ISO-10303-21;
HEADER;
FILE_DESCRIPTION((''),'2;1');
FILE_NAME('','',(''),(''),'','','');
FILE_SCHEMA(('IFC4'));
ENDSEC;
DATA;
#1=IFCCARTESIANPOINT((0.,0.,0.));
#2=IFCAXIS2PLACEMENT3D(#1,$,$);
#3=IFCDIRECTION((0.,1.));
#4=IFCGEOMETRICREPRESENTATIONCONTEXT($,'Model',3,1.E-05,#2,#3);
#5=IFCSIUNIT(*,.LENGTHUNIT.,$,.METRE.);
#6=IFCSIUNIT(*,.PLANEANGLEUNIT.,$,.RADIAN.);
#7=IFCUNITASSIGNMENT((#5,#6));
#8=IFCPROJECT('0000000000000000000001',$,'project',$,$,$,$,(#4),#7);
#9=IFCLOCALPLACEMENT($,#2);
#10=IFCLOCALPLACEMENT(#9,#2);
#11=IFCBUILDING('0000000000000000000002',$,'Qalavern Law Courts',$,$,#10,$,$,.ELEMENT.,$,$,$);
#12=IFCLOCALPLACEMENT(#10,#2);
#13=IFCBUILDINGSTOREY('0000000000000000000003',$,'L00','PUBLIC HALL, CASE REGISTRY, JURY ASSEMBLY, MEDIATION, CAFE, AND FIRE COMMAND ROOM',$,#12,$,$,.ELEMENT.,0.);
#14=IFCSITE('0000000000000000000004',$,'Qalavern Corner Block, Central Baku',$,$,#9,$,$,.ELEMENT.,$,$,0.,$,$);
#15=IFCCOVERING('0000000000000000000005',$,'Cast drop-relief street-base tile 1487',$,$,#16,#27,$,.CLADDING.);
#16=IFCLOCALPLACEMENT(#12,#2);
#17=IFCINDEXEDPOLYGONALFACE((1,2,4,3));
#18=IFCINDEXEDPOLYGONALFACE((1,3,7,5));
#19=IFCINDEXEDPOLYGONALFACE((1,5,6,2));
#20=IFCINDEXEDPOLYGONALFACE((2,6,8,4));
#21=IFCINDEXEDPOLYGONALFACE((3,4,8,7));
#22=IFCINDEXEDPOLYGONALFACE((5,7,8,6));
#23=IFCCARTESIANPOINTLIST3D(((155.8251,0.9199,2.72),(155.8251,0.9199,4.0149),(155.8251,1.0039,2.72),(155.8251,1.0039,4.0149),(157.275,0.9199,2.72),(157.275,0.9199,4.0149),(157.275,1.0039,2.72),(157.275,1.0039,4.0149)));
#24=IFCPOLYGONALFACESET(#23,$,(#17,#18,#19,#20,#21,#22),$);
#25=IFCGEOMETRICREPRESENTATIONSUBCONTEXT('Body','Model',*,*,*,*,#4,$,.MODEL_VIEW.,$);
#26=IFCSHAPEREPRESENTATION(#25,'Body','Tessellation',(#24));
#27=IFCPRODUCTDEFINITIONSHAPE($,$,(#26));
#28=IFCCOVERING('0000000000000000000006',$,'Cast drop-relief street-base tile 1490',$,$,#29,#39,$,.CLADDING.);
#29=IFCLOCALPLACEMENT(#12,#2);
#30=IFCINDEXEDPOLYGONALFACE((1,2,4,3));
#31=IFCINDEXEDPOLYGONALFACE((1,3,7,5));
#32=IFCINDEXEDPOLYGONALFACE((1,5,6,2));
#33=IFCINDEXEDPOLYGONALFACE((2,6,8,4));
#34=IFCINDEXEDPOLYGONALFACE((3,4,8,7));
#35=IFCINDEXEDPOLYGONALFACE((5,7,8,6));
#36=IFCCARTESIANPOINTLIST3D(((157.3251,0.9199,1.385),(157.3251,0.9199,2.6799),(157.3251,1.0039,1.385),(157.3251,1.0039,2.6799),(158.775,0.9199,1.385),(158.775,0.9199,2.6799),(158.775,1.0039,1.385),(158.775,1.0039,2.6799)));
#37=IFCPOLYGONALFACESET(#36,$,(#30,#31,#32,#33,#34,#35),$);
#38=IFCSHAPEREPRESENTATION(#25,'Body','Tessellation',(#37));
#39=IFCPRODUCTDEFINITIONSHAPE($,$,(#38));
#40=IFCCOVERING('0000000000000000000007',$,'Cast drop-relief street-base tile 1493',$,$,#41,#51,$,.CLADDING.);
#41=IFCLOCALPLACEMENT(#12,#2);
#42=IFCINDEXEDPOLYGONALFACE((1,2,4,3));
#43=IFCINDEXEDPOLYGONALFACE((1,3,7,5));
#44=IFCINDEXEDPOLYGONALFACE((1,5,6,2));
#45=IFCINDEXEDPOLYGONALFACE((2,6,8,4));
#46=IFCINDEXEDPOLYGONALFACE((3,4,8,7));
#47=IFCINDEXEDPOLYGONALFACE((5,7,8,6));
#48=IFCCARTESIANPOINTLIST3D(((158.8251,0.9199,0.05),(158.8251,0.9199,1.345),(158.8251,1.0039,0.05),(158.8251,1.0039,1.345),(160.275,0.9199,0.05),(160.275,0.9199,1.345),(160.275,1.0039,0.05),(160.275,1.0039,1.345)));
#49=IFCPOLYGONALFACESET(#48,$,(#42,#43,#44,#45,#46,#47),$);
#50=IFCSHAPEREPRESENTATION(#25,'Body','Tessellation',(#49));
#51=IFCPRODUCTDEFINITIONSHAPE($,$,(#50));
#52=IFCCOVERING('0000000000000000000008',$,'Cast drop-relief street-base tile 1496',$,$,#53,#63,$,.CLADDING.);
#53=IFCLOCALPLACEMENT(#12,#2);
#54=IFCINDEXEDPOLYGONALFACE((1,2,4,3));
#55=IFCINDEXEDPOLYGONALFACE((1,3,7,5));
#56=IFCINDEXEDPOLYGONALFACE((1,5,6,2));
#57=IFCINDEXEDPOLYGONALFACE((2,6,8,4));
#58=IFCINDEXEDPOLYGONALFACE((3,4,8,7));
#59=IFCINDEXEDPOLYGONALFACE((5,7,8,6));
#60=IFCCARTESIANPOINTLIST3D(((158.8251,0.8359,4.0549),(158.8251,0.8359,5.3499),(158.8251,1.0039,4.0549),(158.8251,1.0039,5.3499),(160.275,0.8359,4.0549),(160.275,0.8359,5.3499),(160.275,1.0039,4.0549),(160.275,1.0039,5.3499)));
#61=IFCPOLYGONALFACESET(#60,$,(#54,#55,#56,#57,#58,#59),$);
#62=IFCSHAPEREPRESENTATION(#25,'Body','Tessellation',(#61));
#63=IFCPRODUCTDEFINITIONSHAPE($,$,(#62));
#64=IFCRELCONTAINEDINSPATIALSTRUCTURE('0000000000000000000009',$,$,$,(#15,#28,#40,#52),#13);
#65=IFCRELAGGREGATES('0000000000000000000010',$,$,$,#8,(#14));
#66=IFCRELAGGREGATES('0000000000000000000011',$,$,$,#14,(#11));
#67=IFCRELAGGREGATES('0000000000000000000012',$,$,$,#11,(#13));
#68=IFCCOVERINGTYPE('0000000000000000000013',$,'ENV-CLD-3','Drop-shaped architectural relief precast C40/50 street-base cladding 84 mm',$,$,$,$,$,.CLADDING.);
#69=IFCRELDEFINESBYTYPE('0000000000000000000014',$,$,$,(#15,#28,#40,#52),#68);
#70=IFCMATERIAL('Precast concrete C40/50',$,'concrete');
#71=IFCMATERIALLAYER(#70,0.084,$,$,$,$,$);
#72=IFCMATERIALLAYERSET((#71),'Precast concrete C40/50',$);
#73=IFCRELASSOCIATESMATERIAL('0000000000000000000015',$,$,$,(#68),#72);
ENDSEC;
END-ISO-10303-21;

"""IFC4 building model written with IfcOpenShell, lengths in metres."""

from ifc_helpers import new_model, si_unit, direction, frame, origin, origin_2d, place, context, subcontext, project, spatial, rectangle, extrude, material, layer, layer_set, type_object, element, save


model = new_model("IFC4")

# Units and contexts
model_context = context("Model", 3, precision=1e-05, world=origin(), true_north=direction((0.0, 1.0)))
body_context = subcontext(model_context, "Body", "Model", "MODEL_VIEW")
ifc_project = project(units=[si_unit("LENGTHUNIT", "METRE"), si_unit("PLANEANGLEUNIT", "RADIAN")], contexts=[model_context])

# Site, building, storey
site_placement = place(None, origin())
site = spatial("IfcSite", under=ifc_project, at=site_placement, Name="Qalavern Corner Block, Central Baku", CompositionType="ELEMENT", RefElevation=0.0)
building_placement = place(site_placement, origin())
building = spatial("IfcBuilding", under=site, at=building_placement, Name="Qalavern Law Courts", CompositionType="ELEMENT")
storey_placement = place(building_placement, origin())
storey = spatial("IfcBuildingStorey", under=building, at=storey_placement, Name="L00", Description="PUBLIC HALL, CASE REGISTRY, JURY ASSEMBLY, MEDIATION, CAFE, AND FIRE COMMAND ROOM", CompositionType="ELEMENT", Elevation=0.0)

# Coverings
ifc_material_1 = material(Name="Precast concrete C40/50", Category="concrete")
ifc_layer_1 = layer(ifc_material_1, 0.084)
ifc_layer_set_1 = layer_set([ifc_layer_1], Name="Precast concrete C40/50")
covering_type_1 = type_object("IfcCoveringType", Name="ENV-CLD-3", Description="Drop-shaped architectural relief precast C40/50 street-base cladding 84 mm", PredefinedType="CLADDING", material=ifc_layer_set_1)
for number, where, z_axis, x_axis, name in (
    (1, (156.55, 0.9619, 2.72), (0.0, 0.0, 1.0), (1.0, 0.0, 0.0), "Cast drop-relief street-base tile 1487"),
    (2, (158.05, 0.9619, 1.385), (0.0, 0.0, 1.0), (1.0, 0.0, 0.0), "Cast drop-relief street-base tile 1490"),
    (3, (159.55, 0.9619, 0.05), (0.0, 0.0, 1.0), (1.0, 0.0, 0.0), "Cast drop-relief street-base tile 1493"),
):
    element("IfcCovering", number, at=place(storey_placement, frame(where, z_axis=z_axis, x_axis=x_axis)), inside=storey, type_object=covering_type_1, Name=name, PredefinedType="CLADDING", context=body_context, shape_type="SweptSolid", body=[
        extrude(rectangle(XDim=1.45, YDim=0.084, at=origin_2d()), origin(), (0.0, 0.0, 1.0), 1.2949),
    ])
covering_1_placement = place(storey_placement, frame((159.55, 0.9199, 4.0549), z_axis=(0.0, 0.0, 1.0), x_axis=(1.0, 0.0, 0.0)))
element("IfcCovering", 4, at=covering_1_placement, inside=storey, type_object=covering_type_1, Name="Cast drop-relief street-base tile 1496", PredefinedType="CLADDING", context=body_context, shape_type="SweptSolid", body=[
    extrude(rectangle(XDim=1.45, YDim=0.168, at=origin_2d()), origin(), (0.0, 0.0, 1.0), 1.2949),
])

save(model, "model.ifc")
